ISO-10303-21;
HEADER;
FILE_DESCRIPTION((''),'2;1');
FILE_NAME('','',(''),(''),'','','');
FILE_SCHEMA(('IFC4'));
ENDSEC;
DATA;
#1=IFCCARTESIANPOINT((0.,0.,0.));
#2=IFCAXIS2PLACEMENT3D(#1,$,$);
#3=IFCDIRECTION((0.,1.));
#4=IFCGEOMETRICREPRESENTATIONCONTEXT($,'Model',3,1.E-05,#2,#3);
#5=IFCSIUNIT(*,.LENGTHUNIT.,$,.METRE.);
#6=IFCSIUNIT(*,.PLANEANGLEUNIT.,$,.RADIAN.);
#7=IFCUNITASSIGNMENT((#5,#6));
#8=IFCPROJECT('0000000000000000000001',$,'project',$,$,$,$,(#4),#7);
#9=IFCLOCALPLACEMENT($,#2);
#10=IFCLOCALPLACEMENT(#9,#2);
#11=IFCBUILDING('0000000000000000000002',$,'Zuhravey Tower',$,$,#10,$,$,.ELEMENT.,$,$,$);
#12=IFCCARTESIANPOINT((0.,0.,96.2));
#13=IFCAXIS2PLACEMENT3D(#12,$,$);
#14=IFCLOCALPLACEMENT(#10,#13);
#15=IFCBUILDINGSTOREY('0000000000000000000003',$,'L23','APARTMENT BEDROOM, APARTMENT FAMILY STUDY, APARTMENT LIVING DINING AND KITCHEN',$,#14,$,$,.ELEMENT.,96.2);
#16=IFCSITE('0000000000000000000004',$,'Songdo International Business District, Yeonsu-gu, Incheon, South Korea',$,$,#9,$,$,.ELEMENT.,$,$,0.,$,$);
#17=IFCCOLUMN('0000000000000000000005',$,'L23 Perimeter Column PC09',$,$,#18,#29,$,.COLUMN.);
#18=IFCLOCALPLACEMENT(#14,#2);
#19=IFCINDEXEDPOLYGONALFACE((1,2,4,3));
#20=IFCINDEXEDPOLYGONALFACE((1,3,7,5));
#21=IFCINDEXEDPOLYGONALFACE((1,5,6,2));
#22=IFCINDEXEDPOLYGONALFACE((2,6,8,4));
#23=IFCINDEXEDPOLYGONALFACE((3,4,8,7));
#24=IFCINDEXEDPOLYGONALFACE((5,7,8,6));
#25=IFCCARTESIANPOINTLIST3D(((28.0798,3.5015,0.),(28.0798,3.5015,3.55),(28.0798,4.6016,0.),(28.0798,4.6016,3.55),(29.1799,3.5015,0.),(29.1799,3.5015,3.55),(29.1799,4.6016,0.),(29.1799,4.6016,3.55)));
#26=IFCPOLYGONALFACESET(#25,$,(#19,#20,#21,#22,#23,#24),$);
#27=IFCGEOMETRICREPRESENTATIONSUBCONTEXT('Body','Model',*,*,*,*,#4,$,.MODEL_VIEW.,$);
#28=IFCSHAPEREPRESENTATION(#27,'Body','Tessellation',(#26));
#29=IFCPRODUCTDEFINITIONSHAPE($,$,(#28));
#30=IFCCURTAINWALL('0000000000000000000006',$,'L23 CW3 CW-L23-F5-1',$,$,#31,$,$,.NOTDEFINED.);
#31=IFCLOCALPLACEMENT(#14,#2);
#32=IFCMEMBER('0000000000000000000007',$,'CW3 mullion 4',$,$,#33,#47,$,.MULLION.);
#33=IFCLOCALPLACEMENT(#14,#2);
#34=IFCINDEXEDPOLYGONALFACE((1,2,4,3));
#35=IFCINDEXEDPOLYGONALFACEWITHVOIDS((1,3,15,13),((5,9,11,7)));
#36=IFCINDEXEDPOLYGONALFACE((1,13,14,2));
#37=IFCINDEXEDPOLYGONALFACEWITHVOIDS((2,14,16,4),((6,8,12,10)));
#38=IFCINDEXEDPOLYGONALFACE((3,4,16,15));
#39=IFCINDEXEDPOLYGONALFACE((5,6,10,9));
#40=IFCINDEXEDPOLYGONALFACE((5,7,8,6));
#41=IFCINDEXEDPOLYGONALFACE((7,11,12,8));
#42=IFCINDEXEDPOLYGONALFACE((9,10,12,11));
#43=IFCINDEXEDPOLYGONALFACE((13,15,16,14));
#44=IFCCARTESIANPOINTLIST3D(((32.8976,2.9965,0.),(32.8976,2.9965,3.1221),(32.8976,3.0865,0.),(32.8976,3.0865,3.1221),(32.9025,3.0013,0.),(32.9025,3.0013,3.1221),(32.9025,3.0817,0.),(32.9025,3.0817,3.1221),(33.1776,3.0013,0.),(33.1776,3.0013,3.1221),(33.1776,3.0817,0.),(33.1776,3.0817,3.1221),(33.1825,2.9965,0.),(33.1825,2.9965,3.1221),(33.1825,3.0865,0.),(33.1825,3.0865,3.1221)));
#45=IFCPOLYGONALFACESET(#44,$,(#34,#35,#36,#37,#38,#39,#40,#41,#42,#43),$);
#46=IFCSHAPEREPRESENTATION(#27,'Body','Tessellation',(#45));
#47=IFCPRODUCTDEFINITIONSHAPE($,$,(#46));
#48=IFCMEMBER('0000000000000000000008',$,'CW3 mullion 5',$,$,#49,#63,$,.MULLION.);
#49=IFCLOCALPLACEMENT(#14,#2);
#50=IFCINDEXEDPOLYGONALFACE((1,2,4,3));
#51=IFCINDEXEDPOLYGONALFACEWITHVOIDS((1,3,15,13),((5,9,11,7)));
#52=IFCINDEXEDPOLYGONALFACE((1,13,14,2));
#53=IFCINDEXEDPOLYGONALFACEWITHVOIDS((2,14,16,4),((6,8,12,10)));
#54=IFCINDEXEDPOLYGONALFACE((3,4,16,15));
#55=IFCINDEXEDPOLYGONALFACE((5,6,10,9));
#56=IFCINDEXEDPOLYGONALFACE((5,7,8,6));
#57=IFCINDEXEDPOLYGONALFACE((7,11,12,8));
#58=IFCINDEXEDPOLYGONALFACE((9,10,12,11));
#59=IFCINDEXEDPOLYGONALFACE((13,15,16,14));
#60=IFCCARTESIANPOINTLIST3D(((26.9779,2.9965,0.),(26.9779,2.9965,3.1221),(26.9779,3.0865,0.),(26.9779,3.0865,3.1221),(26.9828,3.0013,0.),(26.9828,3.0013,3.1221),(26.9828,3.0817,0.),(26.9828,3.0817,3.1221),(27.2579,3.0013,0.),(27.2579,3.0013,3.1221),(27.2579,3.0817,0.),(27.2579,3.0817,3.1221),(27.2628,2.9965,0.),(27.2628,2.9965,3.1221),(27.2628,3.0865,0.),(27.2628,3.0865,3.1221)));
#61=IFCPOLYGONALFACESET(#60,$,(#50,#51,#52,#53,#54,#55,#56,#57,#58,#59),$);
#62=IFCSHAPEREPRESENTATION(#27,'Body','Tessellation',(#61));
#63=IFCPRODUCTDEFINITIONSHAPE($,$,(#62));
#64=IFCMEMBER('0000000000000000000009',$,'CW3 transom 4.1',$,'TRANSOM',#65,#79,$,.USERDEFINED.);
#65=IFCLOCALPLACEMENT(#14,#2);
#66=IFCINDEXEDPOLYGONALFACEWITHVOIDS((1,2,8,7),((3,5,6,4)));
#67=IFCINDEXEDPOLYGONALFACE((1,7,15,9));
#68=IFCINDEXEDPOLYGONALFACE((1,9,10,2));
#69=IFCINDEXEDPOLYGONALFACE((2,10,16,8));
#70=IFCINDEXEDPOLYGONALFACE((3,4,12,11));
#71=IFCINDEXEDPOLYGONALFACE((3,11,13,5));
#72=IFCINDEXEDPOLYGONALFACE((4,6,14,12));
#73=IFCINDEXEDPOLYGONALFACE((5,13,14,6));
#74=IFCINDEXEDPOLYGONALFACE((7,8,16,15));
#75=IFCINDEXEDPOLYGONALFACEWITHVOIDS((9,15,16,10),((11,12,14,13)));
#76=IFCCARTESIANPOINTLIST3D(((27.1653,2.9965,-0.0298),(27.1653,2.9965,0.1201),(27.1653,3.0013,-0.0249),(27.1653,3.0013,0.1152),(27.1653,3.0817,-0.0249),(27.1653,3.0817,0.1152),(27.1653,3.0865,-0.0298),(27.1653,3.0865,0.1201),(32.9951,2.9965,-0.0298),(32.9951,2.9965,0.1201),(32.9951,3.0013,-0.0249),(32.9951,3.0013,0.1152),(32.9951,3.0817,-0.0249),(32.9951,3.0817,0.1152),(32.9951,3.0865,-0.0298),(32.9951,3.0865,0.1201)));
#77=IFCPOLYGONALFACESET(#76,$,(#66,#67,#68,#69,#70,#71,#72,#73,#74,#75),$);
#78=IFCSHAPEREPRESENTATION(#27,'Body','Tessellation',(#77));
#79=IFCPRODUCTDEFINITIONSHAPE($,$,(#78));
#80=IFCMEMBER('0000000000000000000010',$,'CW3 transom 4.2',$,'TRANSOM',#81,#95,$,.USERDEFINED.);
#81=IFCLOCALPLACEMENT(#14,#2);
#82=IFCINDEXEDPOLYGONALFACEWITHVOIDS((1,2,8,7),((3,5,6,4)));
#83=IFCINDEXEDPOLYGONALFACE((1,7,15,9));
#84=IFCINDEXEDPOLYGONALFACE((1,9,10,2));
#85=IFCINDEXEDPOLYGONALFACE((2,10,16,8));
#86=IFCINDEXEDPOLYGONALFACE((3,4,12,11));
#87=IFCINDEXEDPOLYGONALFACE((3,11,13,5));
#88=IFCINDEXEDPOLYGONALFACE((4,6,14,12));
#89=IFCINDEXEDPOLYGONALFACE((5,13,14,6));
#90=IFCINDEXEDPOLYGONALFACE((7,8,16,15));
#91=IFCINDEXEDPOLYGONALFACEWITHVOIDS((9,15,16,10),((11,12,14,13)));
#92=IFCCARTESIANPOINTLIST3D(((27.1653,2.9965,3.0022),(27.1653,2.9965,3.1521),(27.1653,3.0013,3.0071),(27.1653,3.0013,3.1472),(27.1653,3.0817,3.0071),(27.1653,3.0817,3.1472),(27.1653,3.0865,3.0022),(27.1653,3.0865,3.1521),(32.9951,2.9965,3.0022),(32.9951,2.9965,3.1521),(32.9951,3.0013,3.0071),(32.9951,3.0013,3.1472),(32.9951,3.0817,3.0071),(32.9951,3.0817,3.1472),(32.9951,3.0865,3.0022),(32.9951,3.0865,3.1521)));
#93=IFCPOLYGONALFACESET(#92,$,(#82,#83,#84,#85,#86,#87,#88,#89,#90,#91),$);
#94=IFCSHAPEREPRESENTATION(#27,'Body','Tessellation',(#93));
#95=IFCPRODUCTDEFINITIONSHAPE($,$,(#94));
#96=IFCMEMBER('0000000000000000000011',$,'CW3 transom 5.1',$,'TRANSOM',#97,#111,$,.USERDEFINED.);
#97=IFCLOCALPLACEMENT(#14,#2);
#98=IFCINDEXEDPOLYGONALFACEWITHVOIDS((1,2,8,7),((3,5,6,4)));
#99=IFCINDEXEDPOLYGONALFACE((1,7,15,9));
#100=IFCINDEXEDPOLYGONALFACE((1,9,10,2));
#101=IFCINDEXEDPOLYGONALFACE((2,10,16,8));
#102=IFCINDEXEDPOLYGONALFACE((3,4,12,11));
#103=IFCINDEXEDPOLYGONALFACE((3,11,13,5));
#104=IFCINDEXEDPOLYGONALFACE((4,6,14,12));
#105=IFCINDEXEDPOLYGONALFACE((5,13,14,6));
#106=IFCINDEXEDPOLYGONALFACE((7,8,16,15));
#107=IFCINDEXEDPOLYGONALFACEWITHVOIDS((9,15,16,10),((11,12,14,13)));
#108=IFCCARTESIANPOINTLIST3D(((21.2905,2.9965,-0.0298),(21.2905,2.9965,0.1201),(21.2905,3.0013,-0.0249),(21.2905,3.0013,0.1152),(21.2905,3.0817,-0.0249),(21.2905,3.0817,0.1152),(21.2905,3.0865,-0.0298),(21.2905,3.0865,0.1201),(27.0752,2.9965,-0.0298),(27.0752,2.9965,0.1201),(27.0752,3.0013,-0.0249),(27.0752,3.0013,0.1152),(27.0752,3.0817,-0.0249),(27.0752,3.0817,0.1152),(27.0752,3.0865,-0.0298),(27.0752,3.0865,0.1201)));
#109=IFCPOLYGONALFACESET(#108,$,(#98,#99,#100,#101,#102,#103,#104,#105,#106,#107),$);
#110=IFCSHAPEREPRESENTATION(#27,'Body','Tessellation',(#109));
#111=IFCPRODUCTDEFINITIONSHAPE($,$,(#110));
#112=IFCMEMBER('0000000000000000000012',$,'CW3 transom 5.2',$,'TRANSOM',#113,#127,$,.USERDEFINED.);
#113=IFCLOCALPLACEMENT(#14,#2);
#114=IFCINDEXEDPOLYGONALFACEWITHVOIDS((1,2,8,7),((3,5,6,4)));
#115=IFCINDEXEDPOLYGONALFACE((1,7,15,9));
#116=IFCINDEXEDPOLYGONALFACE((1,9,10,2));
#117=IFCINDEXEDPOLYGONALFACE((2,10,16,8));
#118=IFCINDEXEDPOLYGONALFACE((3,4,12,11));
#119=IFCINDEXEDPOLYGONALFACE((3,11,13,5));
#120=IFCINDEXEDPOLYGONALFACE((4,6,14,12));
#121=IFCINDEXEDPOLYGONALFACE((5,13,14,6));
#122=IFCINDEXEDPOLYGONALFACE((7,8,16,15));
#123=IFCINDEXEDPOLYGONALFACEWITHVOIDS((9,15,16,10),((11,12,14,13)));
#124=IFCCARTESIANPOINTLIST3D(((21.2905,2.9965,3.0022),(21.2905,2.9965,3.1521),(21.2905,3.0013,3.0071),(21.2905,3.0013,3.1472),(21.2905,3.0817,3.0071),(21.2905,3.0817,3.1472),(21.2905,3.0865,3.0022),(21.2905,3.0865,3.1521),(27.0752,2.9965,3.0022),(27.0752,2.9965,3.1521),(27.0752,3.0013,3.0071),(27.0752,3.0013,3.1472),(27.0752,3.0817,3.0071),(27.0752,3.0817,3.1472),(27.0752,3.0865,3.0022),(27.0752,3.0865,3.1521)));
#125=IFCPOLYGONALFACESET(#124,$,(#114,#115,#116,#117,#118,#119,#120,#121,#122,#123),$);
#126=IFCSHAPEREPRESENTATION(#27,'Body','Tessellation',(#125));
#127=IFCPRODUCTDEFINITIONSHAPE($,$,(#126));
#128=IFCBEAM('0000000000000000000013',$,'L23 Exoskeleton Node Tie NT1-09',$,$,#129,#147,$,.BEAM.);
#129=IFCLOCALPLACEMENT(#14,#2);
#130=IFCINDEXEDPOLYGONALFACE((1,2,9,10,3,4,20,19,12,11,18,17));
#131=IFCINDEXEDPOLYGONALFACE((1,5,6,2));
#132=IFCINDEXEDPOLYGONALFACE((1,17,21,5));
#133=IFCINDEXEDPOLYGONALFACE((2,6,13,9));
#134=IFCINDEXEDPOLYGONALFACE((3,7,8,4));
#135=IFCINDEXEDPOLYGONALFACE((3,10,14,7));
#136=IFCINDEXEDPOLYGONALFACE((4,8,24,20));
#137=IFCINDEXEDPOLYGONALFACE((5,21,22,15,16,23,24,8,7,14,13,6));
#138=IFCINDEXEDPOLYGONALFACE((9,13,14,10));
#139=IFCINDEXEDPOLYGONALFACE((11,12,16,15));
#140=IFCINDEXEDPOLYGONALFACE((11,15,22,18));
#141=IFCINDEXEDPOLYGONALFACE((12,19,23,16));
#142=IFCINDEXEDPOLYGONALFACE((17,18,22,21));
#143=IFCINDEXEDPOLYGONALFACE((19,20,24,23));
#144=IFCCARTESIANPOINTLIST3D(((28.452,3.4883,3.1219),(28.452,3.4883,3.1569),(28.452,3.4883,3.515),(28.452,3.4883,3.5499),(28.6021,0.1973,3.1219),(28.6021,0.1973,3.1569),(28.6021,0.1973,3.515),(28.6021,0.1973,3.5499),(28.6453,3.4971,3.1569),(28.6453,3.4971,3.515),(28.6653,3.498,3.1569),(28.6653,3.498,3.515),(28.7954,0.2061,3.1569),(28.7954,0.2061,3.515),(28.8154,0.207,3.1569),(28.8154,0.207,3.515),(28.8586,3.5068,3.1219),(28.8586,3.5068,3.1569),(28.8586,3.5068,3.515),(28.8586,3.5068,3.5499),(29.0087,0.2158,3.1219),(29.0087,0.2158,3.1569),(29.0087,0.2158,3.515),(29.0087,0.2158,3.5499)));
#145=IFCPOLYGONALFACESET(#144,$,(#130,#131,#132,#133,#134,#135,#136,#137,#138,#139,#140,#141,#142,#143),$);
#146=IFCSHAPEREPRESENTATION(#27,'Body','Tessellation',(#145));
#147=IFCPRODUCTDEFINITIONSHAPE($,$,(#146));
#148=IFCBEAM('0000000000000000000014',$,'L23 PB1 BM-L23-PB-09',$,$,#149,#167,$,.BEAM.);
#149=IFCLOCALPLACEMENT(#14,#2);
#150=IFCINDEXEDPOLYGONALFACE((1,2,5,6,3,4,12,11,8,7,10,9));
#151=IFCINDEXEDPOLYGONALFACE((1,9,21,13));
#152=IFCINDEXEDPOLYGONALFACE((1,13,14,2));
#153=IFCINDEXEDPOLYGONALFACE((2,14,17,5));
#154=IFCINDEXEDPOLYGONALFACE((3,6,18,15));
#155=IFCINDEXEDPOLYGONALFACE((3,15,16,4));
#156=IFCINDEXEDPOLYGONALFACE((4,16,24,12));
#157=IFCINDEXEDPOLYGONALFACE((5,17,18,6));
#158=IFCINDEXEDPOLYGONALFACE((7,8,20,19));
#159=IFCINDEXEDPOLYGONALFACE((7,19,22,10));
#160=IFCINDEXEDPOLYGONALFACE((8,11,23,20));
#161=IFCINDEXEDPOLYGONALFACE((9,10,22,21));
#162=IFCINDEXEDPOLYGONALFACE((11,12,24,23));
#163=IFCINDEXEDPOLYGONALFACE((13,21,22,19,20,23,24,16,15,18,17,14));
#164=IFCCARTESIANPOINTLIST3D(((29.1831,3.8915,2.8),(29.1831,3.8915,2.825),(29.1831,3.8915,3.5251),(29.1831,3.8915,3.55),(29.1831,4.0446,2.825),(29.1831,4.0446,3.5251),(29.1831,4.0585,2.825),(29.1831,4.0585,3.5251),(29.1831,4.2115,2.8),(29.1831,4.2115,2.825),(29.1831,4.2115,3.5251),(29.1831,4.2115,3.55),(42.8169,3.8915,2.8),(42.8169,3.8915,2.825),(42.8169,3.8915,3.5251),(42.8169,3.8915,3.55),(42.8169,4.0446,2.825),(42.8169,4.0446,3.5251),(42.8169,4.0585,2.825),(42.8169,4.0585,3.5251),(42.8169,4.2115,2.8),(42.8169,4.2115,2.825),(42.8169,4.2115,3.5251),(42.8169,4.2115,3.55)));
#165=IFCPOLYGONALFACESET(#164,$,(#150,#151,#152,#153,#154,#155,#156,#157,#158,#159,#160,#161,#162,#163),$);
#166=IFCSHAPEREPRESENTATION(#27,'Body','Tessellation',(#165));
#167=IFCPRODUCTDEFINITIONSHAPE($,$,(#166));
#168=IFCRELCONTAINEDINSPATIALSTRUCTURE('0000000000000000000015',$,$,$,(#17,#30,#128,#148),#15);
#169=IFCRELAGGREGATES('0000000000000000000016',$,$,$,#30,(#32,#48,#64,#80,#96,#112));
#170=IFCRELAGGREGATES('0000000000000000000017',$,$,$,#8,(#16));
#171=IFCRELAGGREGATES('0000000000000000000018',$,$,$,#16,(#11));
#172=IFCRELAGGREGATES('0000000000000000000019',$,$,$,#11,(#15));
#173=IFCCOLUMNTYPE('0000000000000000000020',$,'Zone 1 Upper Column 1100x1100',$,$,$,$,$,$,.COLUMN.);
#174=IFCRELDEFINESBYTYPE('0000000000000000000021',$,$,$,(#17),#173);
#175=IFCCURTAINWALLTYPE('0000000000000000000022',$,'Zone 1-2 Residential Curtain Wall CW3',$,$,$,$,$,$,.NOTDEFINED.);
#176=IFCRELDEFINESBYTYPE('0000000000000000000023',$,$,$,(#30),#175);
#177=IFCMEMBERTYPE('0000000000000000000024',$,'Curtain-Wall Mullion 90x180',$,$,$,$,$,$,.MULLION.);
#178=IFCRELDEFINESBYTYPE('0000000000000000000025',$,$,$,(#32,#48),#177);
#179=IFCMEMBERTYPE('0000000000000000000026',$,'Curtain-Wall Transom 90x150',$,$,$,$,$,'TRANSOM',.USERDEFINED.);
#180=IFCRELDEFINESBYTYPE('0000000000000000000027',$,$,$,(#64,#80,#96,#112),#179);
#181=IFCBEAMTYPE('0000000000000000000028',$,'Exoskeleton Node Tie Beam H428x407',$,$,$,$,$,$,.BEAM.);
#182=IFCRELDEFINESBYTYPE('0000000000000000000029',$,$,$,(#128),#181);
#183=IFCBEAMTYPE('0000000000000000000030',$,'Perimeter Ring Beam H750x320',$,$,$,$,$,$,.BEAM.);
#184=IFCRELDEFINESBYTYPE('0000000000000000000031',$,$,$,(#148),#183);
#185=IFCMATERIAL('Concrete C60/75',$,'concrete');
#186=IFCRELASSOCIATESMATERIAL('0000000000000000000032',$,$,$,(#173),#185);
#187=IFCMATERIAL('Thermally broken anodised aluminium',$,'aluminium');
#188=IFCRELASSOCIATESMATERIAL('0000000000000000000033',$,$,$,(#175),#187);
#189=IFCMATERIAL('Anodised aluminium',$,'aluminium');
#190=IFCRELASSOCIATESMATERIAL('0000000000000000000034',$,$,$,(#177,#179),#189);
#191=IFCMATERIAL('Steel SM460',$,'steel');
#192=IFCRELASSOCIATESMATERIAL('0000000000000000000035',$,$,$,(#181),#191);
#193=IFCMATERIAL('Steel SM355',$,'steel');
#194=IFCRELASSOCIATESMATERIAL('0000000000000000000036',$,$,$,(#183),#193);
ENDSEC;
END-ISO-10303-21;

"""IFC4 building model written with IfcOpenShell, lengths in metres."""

from ifc_helpers import new_model, si_unit, direction, frame, origin, origin_2d, place, context, subcontext, project, spatial, rectangle, hollow_rectangle, i_section, extrude, material, material_profile, profile_set, type_object, element, aggregate, save


model = new_model("IFC4")

# Units and contexts
model_context = context("Model", 3, precision=1e-05, world=origin(), true_north=direction((0.0, 1.0)))
body_context = subcontext(model_context, "Body", "Model", "MODEL_VIEW")
ifc_project = project(units=[si_unit("LENGTHUNIT", "METRE"), si_unit("PLANEANGLEUNIT", "RADIAN")], contexts=[model_context])

# Site, building, storey
site_placement = place(None, origin())
site = spatial("IfcSite", under=ifc_project, at=site_placement, Name="Songdo International Business District, Yeonsu-gu, Incheon, South Korea", CompositionType="ELEMENT", RefElevation=0.0)
building_placement = place(site_placement, origin())
building = spatial("IfcBuilding", under=site, at=building_placement, Name="Zuhravey Tower", CompositionType="ELEMENT")
storey_placement = place(building_placement, frame((0.0, 0.0, 96.2)))
storey = spatial("IfcBuildingStorey", under=building, at=storey_placement, Name="L23", Description="APARTMENT BEDROOM, APARTMENT FAMILY STUDY, APARTMENT LIVING DINING AND KITCHEN", CompositionType="ELEMENT", Elevation=96.2)

# Column
ifc_material_1 = material(Name="Concrete C60/75", Category="concrete")
ifc_material_profile_1 = material_profile(ifc_material_1, rectangle(XDim=1.1001, YDim=1.1001, at=origin_2d()), Name="RC-1100x1100")
ifc_profile_set_1 = profile_set([ifc_material_profile_1], Name="Concrete C60/75")
column_type = type_object("IfcColumnType", Name="Zone 1 Upper Column 1100x1100", PredefinedType="COLUMN", material=ifc_profile_set_1)
column_placement = place(storey_placement, frame((28.6299, 4.0515, 0.0), z_axis=(0.0, 0.0, 1.0), x_axis=(1.0, 0.0, 0.0)))
element("IfcColumn", 1, at=column_placement, inside=storey, type_object=column_type, Name="L23 Perimeter Column PC09", PredefinedType="COLUMN", context=body_context, shape_type="SweptSolid", body=[
    extrude(rectangle(XDim=1.1001, YDim=1.1001, at=origin_2d()), origin(), (0.0, 0.0, 1.0), 3.55),
])

# Curtain wall, members
ifc_material_2 = material(Name="Thermally broken anodised aluminium", Category="aluminium")
curtain_wall_type = type_object("IfcCurtainWallType", Name="Zone 1-2 Residential Curtain Wall CW3", PredefinedType="NOTDEFINED", material=ifc_material_2)
curtain_wall_placement = place(storey_placement, origin())
curtain_wall = element("IfcCurtainWall", 2, at=curtain_wall_placement, inside=storey, type_object=curtain_wall_type, Name="L23 CW3 CW-L23-F5-1", PredefinedType="NOTDEFINED")
ifc_material_3 = material(Name="Anodised aluminium", Category="aluminium")
ifc_material_profile_2 = material_profile(ifc_material_3, hollow_rectangle(XDim=0.0901, YDim=0.2849, WallThickness=0.0049, at=origin_2d()), Name="ALU-RHS-90x285x5")
ifc_profile_set_2 = profile_set([ifc_material_profile_2], Name="Anodised aluminium")
member_type_1 = type_object("IfcMemberType", Name="Curtain-Wall Mullion 90x180", PredefinedType="MULLION", material=ifc_profile_set_2)
member_1_placement = place(storey_placement, frame((33.04, 3.0415, 0.0), z_axis=(0.0, 0.0, 1.0), x_axis=(0.0, -1.0, 0.0)))
member_1 = element("IfcMember", 3, at=member_1_placement, type_object=member_type_1, Name="CW3 mullion 4", PredefinedType="MULLION", context=body_context, shape_type="SweptSolid", body=[
    extrude(hollow_rectangle(XDim=0.0901, YDim=0.2849, WallThickness=0.0049, at=origin_2d()), origin(), (0.0, 0.0, 1.0), 3.1221),
])
member_2_placement = place(storey_placement, frame((27.1204, 3.0415, 0.0), z_axis=(0.0, 0.0, 1.0), x_axis=(0.0, -1.0, 0.0)))
member_2 = element("IfcMember", 4, at=member_2_placement, type_object=member_type_1, Name="CW3 mullion 5", PredefinedType="MULLION", context=body_context, shape_type="SweptSolid", body=[
    extrude(hollow_rectangle(XDim=0.0901, YDim=0.2849, WallThickness=0.0049, at=origin_2d()), origin(), (0.0, 0.0, 1.0), 3.1221),
])
ifc_material_profile_3 = material_profile(ifc_material_3, hollow_rectangle(XDim=0.0901, YDim=0.1499, WallThickness=0.0049, at=origin_2d()), Name="ALU-RHS-90x150x5")
ifc_profile_set_3 = profile_set([ifc_material_profile_3], Name="Anodised aluminium")
member_type_2 = type_object("IfcMemberType", Name="Curtain-Wall Transom 90x150", ElementType="TRANSOM", PredefinedType="USERDEFINED", material=ifc_profile_set_3)
member_3_placement = place(storey_placement, frame((32.9951, 3.0415, 0.0452), z_axis=(-1.0, 0.0, 0.0), x_axis=(0.0, -1.0, 0.0)))
member_3 = element("IfcMember", 5, at=member_3_placement, type_object=member_type_2, Name="CW3 transom 4.1", ObjectType="TRANSOM", PredefinedType="USERDEFINED", context=body_context, shape_type="SweptSolid", body=[
    extrude(hollow_rectangle(XDim=0.0901, YDim=0.1499, WallThickness=0.0049, at=origin_2d()), origin(), (0.0, 0.0, 1.0), 5.8298),
])
member_4_placement = place(storey_placement, frame((32.9951, 3.0415, 3.0771), z_axis=(-1.0, 0.0, 0.0), x_axis=(0.0, -1.0, 0.0)))
member_4 = element("IfcMember", 6, at=member_4_placement, type_object=member_type_2, Name="CW3 transom 4.2", ObjectType="TRANSOM", PredefinedType="USERDEFINED", context=body_context, shape_type="SweptSolid", body=[
    extrude(hollow_rectangle(XDim=0.0901, YDim=0.1499, WallThickness=0.0049, at=origin_2d()), origin(), (0.0, 0.0, 1.0), 5.8298),
])
member_5_placement = place(storey_placement, frame((27.0752, 3.0415, 0.0452), z_axis=(-1.0, 0.0, 0.0), x_axis=(0.0, -1.0, 0.0)))
member_5 = element("IfcMember", 7, at=member_5_placement, type_object=member_type_2, Name="CW3 transom 5.1", ObjectType="TRANSOM", PredefinedType="USERDEFINED", context=body_context, shape_type="SweptSolid", body=[
    extrude(hollow_rectangle(XDim=0.0901, YDim=0.1499, WallThickness=0.0049, at=origin_2d()), origin(), (0.0, 0.0, 1.0), 5.7847),
])
member_6_placement = place(storey_placement, frame((27.0752, 3.0415, 3.0771), z_axis=(-1.0, 0.0, 0.0), x_axis=(0.0, -1.0, 0.0)))
member_6 = element("IfcMember", 8, at=member_6_placement, type_object=member_type_2, Name="CW3 transom 5.2", ObjectType="TRANSOM", PredefinedType="USERDEFINED", context=body_context, shape_type="SweptSolid", body=[
    extrude(hollow_rectangle(XDim=0.0901, YDim=0.1499, WallThickness=0.0049, at=origin_2d()), origin(), (0.0, 0.0, 1.0), 5.7847),
])

# Beams
ifc_material_4 = material(Name="Steel SM460", Category="steel")
ifc_material_profile_4 = material_profile(ifc_material_4, i_section(OverallWidth=0.407, OverallDepth=0.428, WebThickness=0.02, FlangeThickness=0.0349, at=origin_2d()), Name="H-428x407x20x35")
ifc_profile_set_4 = profile_set([ifc_material_profile_4], Name="Steel SM460")
beam_type_1 = type_object("IfcBeamType", Name="Exoskeleton Node Tie Beam H428x407", PredefinedType="BEAM", material=ifc_profile_set_4)
beam_1_placement = place(storey_placement, frame((28.6553, 3.4976, 3.3359), z_axis=(0.045576, -0.998961, 0.0), x_axis=(0.998961, 0.045576, 0.0)))
element("IfcBeam", 9, at=beam_1_placement, inside=storey, type_object=beam_type_1, Name="L23 Exoskeleton Node Tie NT1-09", PredefinedType="BEAM", context=body_context, shape_type="SweptSolid", body=[
    extrude(i_section(OverallWidth=0.407, OverallDepth=0.428, WebThickness=0.02, FlangeThickness=0.0349, at=origin_2d()), origin(), (0.0, 0.0, 1.0), 3.2944),
])
ifc_material_5 = material(Name="Steel SM355", Category="steel")
ifc_material_profile_5 = material_profile(ifc_material_5, i_section(OverallWidth=0.3201, OverallDepth=0.75, WebThickness=0.0139, FlangeThickness=0.0249, at=origin_2d()), Name="H-750x320x14x25")
ifc_profile_set_5 = profile_set([ifc_material_profile_5], Name="Steel SM355")
beam_type_2 = type_object("IfcBeamType", Name="Perimeter Ring Beam H750x320", PredefinedType="BEAM", material=ifc_profile_set_5)
beam_2_placement = place(storey_placement, frame((29.1831, 4.0515, 3.175), z_axis=(1.0, 0.0, 0.0), x_axis=(0.0, 1.0, 0.0)))
element("IfcBeam", 10, at=beam_2_placement, inside=storey, type_object=beam_type_2, Name="L23 PB1 BM-L23-PB-09", PredefinedType="BEAM", context=body_context, shape_type="SweptSolid", body=[
    extrude(i_section(OverallWidth=0.3201, OverallDepth=0.75, WebThickness=0.0139, FlangeThickness=0.0249, at=origin_2d()), origin(), (0.0, 0.0, 1.0), 13.6338),
])

aggregate(curtain_wall, [member_1, member_2, member_3, member_4, member_5, member_6])

save(model, "model.ifc")
